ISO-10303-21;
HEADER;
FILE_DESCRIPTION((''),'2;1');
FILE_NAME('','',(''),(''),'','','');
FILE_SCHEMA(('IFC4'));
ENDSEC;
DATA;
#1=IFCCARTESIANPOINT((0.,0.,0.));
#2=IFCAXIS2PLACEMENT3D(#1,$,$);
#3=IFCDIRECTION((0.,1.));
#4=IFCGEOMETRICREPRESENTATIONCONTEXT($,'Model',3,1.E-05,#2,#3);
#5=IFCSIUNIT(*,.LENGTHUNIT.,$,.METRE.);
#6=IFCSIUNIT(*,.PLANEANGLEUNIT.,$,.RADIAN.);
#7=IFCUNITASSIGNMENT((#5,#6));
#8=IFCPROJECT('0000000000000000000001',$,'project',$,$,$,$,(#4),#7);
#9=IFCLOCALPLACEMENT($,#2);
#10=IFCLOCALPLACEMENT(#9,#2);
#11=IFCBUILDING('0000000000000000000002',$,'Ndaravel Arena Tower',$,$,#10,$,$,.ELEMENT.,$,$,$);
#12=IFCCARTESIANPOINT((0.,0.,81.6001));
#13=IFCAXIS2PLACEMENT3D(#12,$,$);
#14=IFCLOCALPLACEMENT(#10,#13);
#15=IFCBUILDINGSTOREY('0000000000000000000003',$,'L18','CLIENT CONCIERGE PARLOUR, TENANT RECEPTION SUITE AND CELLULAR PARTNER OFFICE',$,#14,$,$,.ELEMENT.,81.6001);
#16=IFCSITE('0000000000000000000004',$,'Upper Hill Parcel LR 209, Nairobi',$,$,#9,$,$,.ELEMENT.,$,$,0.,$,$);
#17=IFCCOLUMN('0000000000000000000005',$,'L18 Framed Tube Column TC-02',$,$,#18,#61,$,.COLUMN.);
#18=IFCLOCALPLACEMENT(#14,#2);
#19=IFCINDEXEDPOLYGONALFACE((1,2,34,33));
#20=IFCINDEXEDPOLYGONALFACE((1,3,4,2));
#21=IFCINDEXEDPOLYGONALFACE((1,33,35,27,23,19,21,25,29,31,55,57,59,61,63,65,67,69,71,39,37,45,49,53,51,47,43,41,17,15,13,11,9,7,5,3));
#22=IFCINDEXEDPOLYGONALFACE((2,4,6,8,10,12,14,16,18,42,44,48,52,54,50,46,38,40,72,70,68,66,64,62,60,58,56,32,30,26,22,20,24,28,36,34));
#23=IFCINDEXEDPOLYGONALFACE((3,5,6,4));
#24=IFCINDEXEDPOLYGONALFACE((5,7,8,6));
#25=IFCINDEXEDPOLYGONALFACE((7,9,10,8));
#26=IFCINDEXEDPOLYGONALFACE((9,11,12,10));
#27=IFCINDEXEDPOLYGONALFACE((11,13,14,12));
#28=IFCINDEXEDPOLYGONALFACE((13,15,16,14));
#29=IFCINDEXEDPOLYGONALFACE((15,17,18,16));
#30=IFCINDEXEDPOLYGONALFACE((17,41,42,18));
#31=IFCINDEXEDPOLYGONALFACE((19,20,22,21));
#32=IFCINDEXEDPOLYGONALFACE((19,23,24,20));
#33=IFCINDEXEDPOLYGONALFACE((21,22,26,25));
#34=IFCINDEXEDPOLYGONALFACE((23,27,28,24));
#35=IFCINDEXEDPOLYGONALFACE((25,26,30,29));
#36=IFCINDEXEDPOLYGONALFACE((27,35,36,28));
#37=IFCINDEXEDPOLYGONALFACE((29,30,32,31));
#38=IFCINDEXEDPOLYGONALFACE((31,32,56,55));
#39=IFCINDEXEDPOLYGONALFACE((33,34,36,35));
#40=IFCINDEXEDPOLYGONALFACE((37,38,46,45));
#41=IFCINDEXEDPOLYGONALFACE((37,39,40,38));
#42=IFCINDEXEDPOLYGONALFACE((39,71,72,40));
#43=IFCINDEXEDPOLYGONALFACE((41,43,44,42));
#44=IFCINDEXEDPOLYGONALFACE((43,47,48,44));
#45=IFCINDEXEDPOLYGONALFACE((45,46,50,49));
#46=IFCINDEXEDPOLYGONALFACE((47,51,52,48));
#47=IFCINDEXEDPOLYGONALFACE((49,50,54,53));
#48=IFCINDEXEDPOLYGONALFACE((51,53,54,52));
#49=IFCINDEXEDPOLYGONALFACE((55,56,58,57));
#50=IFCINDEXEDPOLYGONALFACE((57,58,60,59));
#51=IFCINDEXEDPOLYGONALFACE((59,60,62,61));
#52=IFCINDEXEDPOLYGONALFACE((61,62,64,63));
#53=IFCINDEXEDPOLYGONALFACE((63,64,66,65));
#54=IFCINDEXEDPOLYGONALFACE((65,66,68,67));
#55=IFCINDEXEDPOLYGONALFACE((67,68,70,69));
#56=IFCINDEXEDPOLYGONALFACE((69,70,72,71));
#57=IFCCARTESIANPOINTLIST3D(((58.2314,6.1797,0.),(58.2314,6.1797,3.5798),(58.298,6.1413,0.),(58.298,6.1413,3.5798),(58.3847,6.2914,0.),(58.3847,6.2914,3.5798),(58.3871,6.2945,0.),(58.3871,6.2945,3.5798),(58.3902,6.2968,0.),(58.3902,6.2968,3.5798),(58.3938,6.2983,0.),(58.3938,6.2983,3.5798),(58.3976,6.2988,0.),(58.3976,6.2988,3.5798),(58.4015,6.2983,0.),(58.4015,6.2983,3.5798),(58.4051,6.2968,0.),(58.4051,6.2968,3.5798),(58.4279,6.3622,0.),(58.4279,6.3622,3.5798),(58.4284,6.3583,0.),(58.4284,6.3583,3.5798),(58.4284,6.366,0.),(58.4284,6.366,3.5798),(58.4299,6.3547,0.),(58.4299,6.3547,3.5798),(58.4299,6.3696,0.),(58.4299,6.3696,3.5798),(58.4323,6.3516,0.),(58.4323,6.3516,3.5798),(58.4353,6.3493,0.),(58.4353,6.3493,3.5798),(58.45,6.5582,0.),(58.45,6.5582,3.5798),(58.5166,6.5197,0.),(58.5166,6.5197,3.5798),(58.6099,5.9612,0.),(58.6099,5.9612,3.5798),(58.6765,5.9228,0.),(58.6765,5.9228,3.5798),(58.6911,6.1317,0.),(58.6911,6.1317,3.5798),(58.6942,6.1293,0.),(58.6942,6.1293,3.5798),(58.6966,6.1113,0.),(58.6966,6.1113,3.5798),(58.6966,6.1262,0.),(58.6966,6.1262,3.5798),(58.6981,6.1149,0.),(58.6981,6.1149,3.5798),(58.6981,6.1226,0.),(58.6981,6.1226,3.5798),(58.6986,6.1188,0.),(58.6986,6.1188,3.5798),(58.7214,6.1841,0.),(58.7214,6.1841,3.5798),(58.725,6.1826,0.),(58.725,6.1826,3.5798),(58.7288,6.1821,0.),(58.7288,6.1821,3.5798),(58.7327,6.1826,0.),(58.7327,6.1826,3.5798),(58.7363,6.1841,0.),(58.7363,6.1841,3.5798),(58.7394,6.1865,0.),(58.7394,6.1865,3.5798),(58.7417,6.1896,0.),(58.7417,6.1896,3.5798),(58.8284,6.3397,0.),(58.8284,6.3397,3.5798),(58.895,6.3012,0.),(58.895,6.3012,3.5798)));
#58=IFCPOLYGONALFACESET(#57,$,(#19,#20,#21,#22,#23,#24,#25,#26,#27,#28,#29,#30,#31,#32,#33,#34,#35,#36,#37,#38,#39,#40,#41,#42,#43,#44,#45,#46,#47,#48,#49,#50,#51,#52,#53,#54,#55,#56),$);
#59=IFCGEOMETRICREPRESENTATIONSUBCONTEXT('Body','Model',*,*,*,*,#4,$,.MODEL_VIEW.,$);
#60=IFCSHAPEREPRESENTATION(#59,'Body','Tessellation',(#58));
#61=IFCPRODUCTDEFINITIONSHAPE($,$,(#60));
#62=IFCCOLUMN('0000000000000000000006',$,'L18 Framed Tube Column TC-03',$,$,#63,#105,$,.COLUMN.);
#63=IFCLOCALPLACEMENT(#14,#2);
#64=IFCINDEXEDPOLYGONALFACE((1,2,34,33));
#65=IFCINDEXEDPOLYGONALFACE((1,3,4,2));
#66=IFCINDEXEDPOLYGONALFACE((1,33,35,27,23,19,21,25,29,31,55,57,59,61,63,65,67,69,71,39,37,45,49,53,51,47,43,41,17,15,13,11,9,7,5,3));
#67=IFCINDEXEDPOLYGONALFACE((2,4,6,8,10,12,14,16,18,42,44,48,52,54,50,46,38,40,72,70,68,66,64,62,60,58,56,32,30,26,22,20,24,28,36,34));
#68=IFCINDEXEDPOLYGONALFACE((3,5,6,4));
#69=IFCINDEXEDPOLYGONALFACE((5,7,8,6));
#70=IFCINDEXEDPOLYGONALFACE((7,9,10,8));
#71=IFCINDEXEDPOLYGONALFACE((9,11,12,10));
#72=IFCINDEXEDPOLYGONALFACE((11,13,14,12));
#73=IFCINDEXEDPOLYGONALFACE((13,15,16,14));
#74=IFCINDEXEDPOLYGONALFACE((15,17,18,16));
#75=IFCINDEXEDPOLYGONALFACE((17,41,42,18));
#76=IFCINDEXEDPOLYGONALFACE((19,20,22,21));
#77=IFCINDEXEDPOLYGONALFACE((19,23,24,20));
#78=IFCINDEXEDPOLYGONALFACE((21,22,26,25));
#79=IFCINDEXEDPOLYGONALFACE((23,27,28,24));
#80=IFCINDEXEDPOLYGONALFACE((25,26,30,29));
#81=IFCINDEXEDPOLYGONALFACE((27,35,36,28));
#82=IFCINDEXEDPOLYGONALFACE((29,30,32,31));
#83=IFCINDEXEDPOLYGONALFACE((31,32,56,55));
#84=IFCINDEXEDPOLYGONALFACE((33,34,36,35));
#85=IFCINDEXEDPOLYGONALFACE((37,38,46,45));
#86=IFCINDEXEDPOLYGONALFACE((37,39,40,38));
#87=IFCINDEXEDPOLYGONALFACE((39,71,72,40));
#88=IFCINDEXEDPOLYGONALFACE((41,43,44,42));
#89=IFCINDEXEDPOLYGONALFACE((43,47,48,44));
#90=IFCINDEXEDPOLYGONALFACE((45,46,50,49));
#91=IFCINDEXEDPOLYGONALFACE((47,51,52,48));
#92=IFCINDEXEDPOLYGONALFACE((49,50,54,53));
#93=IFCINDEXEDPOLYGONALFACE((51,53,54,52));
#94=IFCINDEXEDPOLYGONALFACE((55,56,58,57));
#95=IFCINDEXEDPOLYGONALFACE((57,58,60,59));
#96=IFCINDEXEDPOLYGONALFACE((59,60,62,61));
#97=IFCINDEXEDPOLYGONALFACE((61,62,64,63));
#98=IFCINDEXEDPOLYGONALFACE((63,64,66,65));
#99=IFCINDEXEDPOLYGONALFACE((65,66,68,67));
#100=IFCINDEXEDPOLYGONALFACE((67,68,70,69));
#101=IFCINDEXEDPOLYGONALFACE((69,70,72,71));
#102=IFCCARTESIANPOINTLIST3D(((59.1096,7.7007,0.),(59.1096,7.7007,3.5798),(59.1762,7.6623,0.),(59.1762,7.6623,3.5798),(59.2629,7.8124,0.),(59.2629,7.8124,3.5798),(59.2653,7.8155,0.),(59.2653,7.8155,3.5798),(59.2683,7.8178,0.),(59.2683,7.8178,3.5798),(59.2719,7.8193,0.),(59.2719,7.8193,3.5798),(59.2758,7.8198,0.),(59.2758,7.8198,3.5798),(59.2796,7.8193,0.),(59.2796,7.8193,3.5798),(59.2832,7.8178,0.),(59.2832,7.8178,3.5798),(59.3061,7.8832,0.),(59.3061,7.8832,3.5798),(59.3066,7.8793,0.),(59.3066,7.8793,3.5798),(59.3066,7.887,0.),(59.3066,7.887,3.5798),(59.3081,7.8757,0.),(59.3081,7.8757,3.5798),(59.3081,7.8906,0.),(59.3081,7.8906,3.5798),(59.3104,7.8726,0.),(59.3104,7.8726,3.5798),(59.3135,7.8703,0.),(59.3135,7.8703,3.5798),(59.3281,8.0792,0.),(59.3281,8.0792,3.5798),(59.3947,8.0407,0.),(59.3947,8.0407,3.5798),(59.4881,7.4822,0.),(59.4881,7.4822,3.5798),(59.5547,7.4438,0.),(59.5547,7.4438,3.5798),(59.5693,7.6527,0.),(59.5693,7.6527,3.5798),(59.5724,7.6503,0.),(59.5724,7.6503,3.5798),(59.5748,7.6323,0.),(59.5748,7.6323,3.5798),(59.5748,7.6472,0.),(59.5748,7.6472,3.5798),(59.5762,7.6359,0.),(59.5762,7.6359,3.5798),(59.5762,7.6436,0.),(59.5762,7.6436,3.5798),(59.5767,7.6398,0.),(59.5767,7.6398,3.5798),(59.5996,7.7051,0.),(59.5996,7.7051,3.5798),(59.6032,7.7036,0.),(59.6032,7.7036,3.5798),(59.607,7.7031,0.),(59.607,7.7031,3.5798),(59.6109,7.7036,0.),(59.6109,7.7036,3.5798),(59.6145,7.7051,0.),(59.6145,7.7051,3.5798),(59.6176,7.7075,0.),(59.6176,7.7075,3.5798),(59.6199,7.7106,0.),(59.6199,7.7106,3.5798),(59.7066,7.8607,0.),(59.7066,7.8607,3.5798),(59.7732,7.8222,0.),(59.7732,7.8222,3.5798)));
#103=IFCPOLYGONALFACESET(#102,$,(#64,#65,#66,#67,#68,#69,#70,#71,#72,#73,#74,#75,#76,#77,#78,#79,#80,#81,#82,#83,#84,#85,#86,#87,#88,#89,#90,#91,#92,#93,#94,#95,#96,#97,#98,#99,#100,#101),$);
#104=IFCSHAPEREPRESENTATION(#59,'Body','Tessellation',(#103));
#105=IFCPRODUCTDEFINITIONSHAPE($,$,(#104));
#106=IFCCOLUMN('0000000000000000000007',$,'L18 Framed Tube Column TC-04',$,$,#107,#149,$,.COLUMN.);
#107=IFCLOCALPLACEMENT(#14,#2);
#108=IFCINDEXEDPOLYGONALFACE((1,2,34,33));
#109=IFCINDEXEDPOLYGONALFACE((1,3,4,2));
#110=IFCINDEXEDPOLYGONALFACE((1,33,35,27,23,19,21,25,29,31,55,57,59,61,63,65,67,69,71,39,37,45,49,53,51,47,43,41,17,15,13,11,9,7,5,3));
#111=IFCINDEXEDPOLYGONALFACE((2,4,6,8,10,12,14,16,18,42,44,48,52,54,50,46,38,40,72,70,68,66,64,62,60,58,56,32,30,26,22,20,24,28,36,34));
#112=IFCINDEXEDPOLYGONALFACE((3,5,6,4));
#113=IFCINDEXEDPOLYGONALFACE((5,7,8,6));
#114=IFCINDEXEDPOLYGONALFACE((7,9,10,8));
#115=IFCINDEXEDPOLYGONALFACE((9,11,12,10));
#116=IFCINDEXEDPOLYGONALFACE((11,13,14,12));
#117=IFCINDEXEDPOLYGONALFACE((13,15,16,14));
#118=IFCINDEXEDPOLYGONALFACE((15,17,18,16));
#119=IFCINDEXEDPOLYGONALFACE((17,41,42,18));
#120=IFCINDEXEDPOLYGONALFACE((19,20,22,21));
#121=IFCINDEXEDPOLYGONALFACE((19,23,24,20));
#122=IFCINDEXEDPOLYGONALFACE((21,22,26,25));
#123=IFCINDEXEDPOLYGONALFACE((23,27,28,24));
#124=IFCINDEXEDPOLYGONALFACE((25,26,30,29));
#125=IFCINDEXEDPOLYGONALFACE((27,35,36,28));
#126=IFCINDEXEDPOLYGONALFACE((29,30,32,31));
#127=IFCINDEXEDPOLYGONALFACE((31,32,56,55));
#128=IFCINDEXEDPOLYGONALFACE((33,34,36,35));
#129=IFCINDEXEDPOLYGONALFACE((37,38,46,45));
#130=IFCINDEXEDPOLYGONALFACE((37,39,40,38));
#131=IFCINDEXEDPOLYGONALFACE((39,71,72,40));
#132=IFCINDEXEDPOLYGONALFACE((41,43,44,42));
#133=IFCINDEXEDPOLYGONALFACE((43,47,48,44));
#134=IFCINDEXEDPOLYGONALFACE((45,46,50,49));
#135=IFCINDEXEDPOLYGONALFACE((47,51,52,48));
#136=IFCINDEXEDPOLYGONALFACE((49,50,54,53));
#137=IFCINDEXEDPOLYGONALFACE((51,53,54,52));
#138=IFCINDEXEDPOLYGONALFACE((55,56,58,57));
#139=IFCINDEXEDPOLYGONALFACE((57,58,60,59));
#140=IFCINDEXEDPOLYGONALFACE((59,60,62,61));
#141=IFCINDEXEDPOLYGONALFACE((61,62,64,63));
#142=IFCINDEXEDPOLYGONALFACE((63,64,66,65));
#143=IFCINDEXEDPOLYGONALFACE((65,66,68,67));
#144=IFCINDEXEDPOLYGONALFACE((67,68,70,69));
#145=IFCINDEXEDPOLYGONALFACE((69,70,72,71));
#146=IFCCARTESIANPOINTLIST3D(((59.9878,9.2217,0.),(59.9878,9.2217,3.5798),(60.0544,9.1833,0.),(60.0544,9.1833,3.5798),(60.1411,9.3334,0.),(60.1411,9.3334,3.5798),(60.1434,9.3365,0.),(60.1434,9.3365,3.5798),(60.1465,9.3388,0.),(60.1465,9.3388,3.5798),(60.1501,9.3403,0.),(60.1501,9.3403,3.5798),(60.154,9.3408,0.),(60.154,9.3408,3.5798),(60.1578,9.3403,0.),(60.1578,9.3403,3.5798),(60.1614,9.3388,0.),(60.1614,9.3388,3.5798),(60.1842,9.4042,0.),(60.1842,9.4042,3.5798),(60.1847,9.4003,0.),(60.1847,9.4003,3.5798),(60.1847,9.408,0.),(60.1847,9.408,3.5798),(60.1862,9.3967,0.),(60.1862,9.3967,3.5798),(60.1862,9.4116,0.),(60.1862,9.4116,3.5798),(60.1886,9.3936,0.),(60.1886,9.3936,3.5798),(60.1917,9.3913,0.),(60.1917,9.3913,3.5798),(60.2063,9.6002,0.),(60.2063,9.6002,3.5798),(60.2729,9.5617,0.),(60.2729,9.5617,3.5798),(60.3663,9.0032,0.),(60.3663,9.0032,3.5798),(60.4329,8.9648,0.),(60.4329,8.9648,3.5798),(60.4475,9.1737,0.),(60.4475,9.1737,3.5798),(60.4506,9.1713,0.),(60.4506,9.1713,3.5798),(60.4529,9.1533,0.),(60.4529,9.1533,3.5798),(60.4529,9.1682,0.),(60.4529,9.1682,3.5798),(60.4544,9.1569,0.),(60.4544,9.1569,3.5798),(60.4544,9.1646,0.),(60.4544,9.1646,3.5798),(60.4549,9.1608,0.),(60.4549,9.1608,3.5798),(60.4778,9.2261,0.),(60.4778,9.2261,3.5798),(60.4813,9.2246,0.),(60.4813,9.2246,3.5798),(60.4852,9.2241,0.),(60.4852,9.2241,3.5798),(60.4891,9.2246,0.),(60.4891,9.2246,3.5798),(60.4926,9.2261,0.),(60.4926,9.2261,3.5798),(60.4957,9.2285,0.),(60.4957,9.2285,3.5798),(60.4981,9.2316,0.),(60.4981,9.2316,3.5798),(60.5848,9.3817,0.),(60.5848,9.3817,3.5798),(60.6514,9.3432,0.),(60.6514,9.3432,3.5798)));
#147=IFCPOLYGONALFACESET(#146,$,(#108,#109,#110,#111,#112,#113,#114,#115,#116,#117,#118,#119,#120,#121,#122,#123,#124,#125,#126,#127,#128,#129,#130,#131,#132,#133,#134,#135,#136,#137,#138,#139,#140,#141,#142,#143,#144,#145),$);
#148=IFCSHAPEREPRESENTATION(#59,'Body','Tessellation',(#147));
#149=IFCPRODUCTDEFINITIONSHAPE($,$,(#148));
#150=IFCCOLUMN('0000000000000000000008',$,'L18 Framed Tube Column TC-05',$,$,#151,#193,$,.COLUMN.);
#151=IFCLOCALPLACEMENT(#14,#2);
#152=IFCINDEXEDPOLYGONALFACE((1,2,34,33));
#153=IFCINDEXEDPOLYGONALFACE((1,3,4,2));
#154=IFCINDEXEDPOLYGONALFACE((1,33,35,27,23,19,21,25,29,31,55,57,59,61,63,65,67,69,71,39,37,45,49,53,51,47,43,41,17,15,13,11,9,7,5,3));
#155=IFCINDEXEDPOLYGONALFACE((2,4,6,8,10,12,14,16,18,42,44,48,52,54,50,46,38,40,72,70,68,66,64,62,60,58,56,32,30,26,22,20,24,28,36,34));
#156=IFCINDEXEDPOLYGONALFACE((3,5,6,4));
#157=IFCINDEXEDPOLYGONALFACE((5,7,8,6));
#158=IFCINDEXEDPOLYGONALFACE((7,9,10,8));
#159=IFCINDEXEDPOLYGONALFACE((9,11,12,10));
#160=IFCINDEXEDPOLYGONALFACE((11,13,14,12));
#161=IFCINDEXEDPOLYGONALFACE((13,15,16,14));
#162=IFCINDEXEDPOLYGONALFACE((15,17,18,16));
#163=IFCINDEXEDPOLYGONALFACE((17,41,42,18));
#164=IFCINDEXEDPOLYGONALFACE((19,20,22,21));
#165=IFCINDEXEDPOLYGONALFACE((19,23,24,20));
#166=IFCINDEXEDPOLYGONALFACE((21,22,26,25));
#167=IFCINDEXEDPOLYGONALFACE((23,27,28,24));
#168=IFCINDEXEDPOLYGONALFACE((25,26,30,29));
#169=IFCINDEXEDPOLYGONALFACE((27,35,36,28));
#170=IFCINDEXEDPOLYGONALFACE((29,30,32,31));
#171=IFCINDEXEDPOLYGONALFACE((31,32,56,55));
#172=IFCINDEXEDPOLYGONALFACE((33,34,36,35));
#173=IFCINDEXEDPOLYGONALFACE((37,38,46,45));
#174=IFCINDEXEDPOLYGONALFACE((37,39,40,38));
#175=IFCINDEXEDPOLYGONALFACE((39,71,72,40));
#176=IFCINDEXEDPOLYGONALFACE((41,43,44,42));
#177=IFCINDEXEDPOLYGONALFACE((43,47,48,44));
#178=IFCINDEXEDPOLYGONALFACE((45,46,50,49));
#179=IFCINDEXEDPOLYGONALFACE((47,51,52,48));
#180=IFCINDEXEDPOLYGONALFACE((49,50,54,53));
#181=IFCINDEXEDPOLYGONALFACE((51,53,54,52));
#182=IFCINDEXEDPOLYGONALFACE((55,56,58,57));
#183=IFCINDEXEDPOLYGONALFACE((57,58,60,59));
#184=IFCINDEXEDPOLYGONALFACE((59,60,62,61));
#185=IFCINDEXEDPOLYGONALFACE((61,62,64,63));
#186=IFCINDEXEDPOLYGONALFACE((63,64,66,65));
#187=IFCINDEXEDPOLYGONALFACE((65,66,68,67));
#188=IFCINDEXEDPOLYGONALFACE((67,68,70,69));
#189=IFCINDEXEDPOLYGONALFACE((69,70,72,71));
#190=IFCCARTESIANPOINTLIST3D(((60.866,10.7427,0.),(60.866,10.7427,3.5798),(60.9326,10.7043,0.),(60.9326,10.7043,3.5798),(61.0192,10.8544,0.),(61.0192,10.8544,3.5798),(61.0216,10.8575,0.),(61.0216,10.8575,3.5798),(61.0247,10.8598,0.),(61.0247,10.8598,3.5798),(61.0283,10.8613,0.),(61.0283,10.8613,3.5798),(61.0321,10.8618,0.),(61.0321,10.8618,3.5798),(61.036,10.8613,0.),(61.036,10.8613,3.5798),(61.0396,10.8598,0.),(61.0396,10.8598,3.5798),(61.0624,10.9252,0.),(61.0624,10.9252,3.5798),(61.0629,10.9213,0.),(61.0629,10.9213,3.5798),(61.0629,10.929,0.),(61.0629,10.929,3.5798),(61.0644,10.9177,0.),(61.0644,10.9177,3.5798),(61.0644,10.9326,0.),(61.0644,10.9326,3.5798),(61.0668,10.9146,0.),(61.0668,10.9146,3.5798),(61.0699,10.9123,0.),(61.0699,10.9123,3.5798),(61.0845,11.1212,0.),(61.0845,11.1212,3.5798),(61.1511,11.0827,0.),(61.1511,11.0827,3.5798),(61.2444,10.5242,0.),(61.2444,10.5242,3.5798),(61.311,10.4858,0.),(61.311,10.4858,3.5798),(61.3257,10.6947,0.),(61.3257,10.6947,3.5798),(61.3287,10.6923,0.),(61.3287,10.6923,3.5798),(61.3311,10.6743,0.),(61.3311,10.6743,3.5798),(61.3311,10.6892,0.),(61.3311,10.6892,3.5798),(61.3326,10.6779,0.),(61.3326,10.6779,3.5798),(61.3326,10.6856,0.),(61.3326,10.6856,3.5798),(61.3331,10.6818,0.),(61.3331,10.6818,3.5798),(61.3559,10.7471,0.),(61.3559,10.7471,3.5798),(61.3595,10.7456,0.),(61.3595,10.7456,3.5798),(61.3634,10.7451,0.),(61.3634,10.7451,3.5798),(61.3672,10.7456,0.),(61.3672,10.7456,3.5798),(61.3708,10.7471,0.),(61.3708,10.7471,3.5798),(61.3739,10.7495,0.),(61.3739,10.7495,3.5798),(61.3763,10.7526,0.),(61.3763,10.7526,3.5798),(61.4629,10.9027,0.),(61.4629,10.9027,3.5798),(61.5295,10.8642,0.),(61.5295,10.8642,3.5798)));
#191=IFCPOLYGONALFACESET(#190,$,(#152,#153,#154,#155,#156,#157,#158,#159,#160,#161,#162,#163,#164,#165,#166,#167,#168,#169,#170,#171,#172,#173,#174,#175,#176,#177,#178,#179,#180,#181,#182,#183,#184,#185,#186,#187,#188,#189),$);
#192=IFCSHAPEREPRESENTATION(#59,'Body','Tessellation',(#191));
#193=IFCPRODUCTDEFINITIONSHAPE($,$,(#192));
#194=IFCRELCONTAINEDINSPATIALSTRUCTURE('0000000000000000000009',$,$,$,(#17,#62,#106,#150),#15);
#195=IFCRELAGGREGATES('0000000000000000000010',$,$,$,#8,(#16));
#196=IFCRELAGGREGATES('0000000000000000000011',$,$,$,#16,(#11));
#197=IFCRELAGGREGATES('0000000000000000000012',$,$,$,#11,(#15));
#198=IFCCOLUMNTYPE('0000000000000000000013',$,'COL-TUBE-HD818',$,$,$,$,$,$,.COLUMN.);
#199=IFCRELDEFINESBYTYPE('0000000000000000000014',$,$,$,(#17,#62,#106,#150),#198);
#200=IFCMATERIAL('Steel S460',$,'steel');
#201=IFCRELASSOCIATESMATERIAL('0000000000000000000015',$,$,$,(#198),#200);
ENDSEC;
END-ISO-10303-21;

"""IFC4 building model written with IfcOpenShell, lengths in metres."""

from ifc_helpers import new_model, si_unit, direction, frame, origin, origin_2d, place, context, subcontext, project, spatial, i_section, extrude, material, material_profile, profile_set, type_object, element, save


model = new_model("IFC4")

# Units and contexts
model_context = context("Model", 3, precision=1e-05, world=origin(), true_north=direction((0.0, 1.0)))
body_context = subcontext(model_context, "Body", "Model", "MODEL_VIEW")
ifc_project = project(units=[si_unit("LENGTHUNIT", "METRE"), si_unit("PLANEANGLEUNIT", "RADIAN")], contexts=[model_context])

# Site, building, storey
site_placement = place(None, origin())
site = spatial("IfcSite", under=ifc_project, at=site_placement, Name="Upper Hill Parcel LR 209, Nairobi", CompositionType="ELEMENT", RefElevation=0.0)
building_placement = place(site_placement, origin())
building = spatial("IfcBuilding", under=site, at=building_placement, Name="Ndaravel Arena Tower", CompositionType="ELEMENT")
storey_placement = place(building_placement, frame((0.0, 0.0, 81.6001)))
storey = spatial("IfcBuildingStorey", under=building, at=storey_placement, Name="L18", Description="CLIENT CONCIERGE PARLOUR, TENANT RECEPTION SUITE AND CELLULAR PARTNER OFFICE", CompositionType="ELEMENT", Elevation=81.6001)

# Columns
ifc_material_1 = material(Name="Steel S460", Category="steel")
ifc_material_profile_1 = material_profile(ifc_material_1, i_section(OverallWidth=0.437, OverallDepth=0.5139, WebThickness=0.0605, FlangeThickness=0.0769, FilletRadius=0.0149, at=origin_2d()), Name="HD 400x818")
ifc_profile_set_1 = profile_set([ifc_material_profile_1], Name="Steel S460")
column_type = type_object("IfcColumnType", Name="COL-TUBE-HD818", PredefinedType="COLUMN", material=ifc_profile_set_1)
for number, where, z_axis, x_axis, name in (
    (1, (58.5632, 6.2405, 0.0), (0.0, 0.0, 1.0), (0.5, 0.866025, 0.0), "L18 Framed Tube Column TC-02"),
    (2, (59.4414, 7.7615, 0.0), (0.0, 0.0, 1.0), (0.5, 0.866025, 0.0), "L18 Framed Tube Column TC-03"),
    (3, (60.3196, 9.2825, 0.0), (0.0, 0.0, 1.0), (0.5, 0.866025, 0.0), "L18 Framed Tube Column TC-04"),
    (4, (61.1978, 10.8035, 0.0), (0.0, 0.0, 1.0), (0.5, 0.866025, 0.0), "L18 Framed Tube Column TC-05"),
):
    element("IfcColumn", number, at=place(storey_placement, frame(where, z_axis=z_axis, x_axis=x_axis)), inside=storey, type_object=column_type, Name=name, PredefinedType="COLUMN", context=body_context, shape_type="SweptSolid", body=[
        extrude(i_section(OverallWidth=0.437, OverallDepth=0.5139, WebThickness=0.0605, FlangeThickness=0.0769, FilletRadius=0.0149, at=origin_2d()), origin(), (0.0, 0.0, 1.0), 3.5798),
    ])

save(model, "model.ifc")
